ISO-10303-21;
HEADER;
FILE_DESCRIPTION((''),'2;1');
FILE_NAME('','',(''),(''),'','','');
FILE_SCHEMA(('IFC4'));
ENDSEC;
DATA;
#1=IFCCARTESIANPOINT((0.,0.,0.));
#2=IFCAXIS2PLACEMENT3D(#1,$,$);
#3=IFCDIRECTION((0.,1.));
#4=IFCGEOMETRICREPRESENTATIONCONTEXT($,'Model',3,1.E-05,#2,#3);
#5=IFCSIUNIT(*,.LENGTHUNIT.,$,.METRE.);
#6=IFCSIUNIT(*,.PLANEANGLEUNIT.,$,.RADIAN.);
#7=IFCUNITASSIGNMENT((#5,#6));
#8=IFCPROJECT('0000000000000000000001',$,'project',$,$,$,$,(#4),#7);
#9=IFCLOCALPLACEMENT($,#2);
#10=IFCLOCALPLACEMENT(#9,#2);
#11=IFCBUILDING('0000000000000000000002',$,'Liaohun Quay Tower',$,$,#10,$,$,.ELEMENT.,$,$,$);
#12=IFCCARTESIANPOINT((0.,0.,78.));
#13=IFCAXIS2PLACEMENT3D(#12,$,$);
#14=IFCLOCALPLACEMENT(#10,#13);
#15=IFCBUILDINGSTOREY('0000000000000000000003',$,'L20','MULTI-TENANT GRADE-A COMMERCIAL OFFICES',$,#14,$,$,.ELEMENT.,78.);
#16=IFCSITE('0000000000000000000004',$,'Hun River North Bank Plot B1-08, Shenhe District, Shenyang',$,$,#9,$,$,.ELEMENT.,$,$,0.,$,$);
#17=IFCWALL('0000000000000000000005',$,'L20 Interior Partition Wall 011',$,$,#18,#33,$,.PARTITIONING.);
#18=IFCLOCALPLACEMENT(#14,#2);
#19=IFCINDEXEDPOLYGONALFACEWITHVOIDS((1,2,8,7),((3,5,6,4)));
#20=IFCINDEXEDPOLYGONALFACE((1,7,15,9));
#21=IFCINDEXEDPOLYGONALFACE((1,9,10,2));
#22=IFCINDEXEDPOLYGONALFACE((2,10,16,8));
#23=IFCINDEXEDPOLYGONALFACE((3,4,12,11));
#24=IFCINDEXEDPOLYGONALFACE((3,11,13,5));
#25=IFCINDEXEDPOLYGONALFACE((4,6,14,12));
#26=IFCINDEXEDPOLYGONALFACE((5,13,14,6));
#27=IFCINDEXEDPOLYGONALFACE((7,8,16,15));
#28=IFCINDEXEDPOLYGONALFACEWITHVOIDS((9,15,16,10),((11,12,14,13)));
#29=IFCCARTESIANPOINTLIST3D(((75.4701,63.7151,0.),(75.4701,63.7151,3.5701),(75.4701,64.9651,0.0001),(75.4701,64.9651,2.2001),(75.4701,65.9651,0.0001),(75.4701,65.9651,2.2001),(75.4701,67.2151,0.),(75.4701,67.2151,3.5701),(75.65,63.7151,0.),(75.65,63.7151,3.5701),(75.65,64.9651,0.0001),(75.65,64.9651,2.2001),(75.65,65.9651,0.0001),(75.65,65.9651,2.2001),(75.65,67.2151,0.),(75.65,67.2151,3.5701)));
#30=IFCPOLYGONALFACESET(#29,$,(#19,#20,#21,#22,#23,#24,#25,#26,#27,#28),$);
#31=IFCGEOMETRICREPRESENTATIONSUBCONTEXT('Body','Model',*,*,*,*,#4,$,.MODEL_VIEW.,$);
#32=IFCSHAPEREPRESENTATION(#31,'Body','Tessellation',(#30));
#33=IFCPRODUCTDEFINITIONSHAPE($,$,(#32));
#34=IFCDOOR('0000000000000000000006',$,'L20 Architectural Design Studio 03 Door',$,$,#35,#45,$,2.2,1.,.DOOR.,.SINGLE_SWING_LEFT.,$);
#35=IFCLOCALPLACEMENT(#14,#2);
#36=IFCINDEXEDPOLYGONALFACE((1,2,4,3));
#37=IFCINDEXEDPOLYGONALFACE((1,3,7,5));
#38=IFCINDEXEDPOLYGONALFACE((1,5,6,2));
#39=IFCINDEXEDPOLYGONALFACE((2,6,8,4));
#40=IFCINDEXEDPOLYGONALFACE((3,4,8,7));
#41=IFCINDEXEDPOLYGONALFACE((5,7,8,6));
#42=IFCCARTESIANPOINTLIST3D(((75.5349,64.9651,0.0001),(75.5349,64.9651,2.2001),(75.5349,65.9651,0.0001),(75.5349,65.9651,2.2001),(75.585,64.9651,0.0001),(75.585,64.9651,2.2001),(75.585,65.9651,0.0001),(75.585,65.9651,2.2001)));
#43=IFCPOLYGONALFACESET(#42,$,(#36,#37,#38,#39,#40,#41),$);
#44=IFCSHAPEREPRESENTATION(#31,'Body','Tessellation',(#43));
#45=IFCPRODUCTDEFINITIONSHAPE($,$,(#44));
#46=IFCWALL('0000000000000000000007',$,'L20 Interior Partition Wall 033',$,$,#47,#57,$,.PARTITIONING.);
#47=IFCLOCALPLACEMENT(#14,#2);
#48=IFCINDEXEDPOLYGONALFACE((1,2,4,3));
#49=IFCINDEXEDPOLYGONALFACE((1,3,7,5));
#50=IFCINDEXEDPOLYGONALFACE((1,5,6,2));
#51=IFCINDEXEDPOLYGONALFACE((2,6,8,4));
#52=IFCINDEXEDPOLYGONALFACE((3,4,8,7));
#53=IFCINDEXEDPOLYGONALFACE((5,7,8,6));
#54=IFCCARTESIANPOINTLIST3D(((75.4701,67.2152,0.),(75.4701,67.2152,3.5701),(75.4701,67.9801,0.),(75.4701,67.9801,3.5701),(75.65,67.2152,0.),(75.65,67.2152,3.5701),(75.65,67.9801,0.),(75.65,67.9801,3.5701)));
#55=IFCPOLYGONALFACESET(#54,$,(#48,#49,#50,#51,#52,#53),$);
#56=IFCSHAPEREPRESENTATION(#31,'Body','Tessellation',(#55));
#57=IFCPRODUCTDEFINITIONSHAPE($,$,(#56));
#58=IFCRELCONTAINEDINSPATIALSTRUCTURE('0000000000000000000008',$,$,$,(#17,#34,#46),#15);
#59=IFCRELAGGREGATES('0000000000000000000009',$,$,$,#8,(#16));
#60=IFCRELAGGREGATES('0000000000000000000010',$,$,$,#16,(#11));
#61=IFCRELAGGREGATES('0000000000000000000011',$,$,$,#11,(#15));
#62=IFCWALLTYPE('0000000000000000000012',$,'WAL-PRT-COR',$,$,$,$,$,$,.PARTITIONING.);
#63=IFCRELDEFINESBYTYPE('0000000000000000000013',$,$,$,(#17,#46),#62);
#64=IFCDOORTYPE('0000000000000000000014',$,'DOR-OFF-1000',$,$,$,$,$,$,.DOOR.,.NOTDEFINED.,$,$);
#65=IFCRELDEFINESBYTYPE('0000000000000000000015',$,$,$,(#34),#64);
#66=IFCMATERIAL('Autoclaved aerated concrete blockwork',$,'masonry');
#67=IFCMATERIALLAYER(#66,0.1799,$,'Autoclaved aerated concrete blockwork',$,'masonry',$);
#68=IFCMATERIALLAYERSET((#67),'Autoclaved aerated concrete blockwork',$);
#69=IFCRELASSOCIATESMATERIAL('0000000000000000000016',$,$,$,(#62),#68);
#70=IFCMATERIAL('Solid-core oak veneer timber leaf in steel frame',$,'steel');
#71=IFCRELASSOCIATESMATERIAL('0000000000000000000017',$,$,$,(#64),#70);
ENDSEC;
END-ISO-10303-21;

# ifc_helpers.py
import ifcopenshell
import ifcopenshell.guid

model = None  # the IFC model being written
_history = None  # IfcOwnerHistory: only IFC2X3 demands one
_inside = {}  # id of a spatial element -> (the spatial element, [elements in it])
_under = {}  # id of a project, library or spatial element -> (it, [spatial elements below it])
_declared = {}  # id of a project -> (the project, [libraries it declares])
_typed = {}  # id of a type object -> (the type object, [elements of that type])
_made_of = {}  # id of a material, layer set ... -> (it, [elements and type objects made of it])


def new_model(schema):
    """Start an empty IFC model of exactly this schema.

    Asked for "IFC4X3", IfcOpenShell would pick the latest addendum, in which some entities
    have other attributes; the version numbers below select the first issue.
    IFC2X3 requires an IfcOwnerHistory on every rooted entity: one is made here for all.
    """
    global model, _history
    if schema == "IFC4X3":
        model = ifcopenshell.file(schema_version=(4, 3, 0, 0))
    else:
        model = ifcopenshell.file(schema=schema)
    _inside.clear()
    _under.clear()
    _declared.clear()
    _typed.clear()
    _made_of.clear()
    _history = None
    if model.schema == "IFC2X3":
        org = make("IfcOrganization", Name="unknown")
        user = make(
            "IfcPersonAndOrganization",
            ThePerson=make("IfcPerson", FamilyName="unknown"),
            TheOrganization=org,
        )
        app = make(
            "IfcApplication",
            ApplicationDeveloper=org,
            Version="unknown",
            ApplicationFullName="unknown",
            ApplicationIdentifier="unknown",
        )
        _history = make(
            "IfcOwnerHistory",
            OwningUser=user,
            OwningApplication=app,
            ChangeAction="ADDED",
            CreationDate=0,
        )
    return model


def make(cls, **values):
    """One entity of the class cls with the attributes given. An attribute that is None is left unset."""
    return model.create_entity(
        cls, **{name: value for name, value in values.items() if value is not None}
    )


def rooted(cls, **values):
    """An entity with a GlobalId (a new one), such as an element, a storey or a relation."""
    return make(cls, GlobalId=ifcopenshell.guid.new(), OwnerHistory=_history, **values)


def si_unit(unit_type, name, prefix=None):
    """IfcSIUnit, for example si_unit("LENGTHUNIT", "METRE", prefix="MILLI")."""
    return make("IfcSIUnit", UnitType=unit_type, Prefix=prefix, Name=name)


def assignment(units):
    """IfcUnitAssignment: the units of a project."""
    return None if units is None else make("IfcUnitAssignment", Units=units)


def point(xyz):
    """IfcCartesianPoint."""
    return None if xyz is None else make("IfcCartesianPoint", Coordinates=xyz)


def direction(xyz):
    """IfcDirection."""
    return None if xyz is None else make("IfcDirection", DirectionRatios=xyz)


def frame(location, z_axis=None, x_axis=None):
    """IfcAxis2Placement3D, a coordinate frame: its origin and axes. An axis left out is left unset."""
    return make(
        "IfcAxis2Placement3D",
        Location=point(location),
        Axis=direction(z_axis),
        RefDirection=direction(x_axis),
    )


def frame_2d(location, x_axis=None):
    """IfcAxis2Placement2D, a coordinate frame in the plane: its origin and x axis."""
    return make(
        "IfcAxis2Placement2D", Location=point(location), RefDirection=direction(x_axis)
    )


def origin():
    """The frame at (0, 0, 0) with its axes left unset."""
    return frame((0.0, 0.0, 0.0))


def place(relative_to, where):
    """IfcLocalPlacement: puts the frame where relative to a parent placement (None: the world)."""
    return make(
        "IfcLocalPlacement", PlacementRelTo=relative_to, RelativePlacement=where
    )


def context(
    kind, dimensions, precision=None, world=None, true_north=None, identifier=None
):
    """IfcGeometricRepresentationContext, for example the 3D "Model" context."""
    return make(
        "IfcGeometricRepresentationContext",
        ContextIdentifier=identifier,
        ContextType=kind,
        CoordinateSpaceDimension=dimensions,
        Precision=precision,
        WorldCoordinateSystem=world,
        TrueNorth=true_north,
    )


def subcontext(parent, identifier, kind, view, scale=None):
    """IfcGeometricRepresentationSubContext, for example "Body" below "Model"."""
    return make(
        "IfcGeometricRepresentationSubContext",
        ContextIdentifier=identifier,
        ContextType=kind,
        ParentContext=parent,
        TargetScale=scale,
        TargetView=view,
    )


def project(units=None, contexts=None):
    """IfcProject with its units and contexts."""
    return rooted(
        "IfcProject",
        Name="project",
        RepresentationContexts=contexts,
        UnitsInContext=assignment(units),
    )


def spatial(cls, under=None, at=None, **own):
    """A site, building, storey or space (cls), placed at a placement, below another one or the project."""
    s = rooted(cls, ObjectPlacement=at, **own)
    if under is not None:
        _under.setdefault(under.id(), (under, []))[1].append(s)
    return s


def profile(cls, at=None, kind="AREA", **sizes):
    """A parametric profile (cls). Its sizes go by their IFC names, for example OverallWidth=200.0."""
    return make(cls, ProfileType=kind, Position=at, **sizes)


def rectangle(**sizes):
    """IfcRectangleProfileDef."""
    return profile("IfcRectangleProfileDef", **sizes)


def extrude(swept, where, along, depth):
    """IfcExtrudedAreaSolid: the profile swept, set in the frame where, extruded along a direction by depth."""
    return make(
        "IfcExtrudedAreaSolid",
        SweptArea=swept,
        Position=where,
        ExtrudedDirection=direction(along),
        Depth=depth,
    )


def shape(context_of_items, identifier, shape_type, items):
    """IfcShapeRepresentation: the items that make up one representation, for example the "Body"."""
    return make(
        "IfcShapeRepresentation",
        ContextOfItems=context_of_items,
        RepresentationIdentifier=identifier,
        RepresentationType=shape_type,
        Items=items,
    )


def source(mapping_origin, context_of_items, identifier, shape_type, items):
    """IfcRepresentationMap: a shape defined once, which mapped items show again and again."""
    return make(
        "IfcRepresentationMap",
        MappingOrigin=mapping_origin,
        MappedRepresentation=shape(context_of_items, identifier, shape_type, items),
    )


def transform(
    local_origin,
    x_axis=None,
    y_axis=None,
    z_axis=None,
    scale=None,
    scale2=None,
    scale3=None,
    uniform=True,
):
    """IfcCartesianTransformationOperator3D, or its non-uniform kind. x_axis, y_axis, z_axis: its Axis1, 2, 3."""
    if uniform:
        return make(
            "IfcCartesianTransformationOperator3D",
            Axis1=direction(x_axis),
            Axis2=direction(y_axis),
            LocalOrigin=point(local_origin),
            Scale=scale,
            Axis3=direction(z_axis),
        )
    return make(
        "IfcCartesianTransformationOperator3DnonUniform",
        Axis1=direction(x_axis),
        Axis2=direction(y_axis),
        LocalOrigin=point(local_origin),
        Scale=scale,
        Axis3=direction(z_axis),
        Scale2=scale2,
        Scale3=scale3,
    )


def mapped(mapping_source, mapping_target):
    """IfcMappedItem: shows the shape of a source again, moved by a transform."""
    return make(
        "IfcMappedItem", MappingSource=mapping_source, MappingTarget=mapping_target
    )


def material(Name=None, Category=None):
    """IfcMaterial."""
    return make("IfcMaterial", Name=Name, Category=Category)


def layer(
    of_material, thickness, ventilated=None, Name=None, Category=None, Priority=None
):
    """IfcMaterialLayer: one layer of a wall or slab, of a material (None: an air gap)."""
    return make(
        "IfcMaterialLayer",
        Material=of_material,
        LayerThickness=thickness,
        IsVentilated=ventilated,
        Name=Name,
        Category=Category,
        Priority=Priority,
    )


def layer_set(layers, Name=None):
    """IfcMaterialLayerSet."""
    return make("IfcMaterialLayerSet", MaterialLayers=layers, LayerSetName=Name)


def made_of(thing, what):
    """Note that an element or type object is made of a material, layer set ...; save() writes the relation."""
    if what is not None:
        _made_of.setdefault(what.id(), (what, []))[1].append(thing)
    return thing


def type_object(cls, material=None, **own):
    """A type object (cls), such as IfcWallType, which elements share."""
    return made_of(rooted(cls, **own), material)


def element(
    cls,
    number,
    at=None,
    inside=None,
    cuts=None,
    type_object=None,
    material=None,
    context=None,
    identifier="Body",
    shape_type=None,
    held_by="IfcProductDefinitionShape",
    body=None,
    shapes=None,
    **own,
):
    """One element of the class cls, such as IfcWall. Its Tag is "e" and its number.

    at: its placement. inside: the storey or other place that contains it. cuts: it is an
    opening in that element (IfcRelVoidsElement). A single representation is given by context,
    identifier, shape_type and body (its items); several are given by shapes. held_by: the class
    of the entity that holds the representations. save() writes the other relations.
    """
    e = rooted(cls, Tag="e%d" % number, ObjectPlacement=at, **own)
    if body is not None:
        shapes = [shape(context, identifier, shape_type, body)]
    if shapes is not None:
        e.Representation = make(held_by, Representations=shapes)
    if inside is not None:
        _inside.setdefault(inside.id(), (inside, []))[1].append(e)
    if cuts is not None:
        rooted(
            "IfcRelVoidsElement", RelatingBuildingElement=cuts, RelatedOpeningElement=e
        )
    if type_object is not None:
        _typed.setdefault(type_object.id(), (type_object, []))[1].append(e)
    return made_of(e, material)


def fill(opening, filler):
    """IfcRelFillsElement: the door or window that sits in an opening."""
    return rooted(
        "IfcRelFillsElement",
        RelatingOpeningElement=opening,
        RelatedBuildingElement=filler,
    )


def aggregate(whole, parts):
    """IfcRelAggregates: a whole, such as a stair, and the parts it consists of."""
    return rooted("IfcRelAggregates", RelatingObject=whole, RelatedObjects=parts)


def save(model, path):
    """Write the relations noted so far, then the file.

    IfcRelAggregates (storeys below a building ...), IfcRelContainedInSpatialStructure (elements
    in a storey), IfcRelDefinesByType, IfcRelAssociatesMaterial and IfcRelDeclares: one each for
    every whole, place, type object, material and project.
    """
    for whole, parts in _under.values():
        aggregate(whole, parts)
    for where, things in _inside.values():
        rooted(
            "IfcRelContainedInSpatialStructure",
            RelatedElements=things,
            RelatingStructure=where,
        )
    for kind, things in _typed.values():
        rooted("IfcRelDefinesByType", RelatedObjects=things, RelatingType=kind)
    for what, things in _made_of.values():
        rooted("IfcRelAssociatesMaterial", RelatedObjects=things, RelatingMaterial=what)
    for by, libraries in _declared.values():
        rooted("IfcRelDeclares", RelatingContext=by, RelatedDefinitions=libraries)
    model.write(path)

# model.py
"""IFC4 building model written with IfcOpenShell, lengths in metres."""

from ifc_helpers import new_model, si_unit, direction, frame, frame_2d, origin, place, context, subcontext, project, spatial, rectangle, extrude, source, transform, mapped, material, layer, layer_set, type_object, element, fill, save


model = new_model("IFC4")

# Units and contexts
model_context = context("Model", 3, precision=1e-05, world=origin(), true_north=direction((0.0, 1.0)))
body_context = subcontext(model_context, "Body", "Model", "MODEL_VIEW")
ifc_project = project(units=[si_unit("LENGTHUNIT", "METRE"), si_unit("PLANEANGLEUNIT", "RADIAN")], contexts=[model_context])

# Site, building, storey
site_placement = place(None, origin())
site = spatial("IfcSite", under=ifc_project, at=site_placement, Name="Hun River North Bank Plot B1-08, Shenhe District, Shenyang", CompositionType="ELEMENT", RefElevation=0.0)
building_placement = place(site_placement, origin())
building = spatial("IfcBuilding", under=site, at=building_placement, Name="Liaohun Quay Tower", CompositionType="ELEMENT")
storey_placement = place(building_placement, frame((0.0, 0.0, 78.0)))
storey = spatial("IfcBuildingStorey", under=building, at=storey_placement, Name="L20", Description="MULTI-TENANT GRADE-A COMMERCIAL OFFICES", CompositionType="ELEMENT", Elevation=78.0)

# Wall, opening, door
ifc_material_1 = material(Name="Autoclaved aerated concrete blockwork", Category="masonry")
ifc_layer_1 = layer(ifc_material_1, 0.1799, Name="Autoclaved aerated concrete blockwork", Category="masonry")
ifc_layer_set_1 = layer_set([ifc_layer_1], Name="Autoclaved aerated concrete blockwork")
wall_type_1 = type_object("IfcWallType", Name="WAL-PRT-COR", PredefinedType="PARTITIONING", material=ifc_layer_set_1)
shared_shape_1 = source(origin(), body_context, "Body", "SweptSolid", [
    extrude(rectangle(XDim=1.0, YDim=2.2, at=frame_2d((0.5, 1.1001))), frame((0.0, 0.0999, 0.0), z_axis=(0.0, -1.0, 0.0), x_axis=(1.0, 0.0, 0.0)), (0.0, 0.0, 1.0), 0.2),
])
ifc_material_2 = material(Name="Solid-core oak veneer timber leaf in steel frame", Category="steel")
door_type = type_object("IfcDoorType", Name="DOR-OFF-1000", OperationType="NOTDEFINED", PredefinedType="DOOR", material=ifc_material_2)
shared_shape_2 = source(origin(), body_context, "Body", "SweptSolid", [
    extrude(rectangle(XDim=1.0, YDim=2.2, at=frame_2d((0.5, 1.1001))), frame((0.0, 0.0249, 0.0), z_axis=(0.0, -1.0, 0.0), x_axis=(1.0, 0.0, 0.0)), (0.0, 0.0, 1.0), 0.05),
])
wall_1_placement = place(storey_placement, frame((75.5601, 67.2151, 0.0), z_axis=(0.0, 0.0, 1.0), x_axis=(0.0, -1.0, 0.0)))
wall_1 = element("IfcWall", 1, at=wall_1_placement, inside=storey, type_object=wall_type_1, Name="L20 Interior Partition Wall 011", PredefinedType="PARTITIONING", context=body_context, shape_type="SweptSolid", body=[
    extrude(rectangle(XDim=3.5, YDim=0.1799, at=frame_2d((1.75, 0.0))), origin(), (0.0, 0.0, 1.0), 3.5701),
])
opening_1_placement = place(wall_1_placement, frame((1.25, 0.0, 0.0)))
opening_1 = element("IfcOpeningElement", 2, at=opening_1_placement, cuts=wall_1, PredefinedType="OPENING", context=body_context, shape_type="MappedRepresentation", body=[
    mapped(shared_shape_1, transform((0.0, 0.0, 0.0), x_axis=(1.0, 0.0, 0.0), y_axis=(0.0, 1.0, 0.0), z_axis=(0.0, 0.0, 1.0), scale=1.0)),
])
door_1_placement = place(opening_1_placement, origin())
door_1 = element("IfcDoor", 3, at=door_1_placement, inside=storey, type_object=door_type, Name="L20 Architectural Design Studio 03 Door", OperationType="SINGLE_SWING_LEFT", OverallHeight=2.2, OverallWidth=1.0, PredefinedType="DOOR", context=body_context, shape_type="MappedRepresentation", body=[
    mapped(shared_shape_2, transform((0.0, 0.0, 0.0), x_axis=(1.0, 0.0, 0.0), y_axis=(0.0, 1.0, 0.0), z_axis=(0.0, 0.0, 1.0), scale=1.0)),
])
fill(opening_1, door_1)

# Wall
wall_2_placement = place(storey_placement, frame((75.5601, 67.98, 0.0), z_axis=(0.0, 0.0, 1.0), x_axis=(0.0, -1.0, 0.0)))
element("IfcWall", 4, at=wall_2_placement, inside=storey, type_object=wall_type_1, Name="L20 Interior Partition Wall 033", PredefinedType="PARTITIONING", context=body_context, shape_type="SweptSolid", body=[
    extrude(rectangle(XDim=0.7649, YDim=0.1799, at=frame_2d((0.3823, 0.0))), origin(), (0.0, 0.0, 1.0), 3.5701),
])

save(model, "model.ifc")
